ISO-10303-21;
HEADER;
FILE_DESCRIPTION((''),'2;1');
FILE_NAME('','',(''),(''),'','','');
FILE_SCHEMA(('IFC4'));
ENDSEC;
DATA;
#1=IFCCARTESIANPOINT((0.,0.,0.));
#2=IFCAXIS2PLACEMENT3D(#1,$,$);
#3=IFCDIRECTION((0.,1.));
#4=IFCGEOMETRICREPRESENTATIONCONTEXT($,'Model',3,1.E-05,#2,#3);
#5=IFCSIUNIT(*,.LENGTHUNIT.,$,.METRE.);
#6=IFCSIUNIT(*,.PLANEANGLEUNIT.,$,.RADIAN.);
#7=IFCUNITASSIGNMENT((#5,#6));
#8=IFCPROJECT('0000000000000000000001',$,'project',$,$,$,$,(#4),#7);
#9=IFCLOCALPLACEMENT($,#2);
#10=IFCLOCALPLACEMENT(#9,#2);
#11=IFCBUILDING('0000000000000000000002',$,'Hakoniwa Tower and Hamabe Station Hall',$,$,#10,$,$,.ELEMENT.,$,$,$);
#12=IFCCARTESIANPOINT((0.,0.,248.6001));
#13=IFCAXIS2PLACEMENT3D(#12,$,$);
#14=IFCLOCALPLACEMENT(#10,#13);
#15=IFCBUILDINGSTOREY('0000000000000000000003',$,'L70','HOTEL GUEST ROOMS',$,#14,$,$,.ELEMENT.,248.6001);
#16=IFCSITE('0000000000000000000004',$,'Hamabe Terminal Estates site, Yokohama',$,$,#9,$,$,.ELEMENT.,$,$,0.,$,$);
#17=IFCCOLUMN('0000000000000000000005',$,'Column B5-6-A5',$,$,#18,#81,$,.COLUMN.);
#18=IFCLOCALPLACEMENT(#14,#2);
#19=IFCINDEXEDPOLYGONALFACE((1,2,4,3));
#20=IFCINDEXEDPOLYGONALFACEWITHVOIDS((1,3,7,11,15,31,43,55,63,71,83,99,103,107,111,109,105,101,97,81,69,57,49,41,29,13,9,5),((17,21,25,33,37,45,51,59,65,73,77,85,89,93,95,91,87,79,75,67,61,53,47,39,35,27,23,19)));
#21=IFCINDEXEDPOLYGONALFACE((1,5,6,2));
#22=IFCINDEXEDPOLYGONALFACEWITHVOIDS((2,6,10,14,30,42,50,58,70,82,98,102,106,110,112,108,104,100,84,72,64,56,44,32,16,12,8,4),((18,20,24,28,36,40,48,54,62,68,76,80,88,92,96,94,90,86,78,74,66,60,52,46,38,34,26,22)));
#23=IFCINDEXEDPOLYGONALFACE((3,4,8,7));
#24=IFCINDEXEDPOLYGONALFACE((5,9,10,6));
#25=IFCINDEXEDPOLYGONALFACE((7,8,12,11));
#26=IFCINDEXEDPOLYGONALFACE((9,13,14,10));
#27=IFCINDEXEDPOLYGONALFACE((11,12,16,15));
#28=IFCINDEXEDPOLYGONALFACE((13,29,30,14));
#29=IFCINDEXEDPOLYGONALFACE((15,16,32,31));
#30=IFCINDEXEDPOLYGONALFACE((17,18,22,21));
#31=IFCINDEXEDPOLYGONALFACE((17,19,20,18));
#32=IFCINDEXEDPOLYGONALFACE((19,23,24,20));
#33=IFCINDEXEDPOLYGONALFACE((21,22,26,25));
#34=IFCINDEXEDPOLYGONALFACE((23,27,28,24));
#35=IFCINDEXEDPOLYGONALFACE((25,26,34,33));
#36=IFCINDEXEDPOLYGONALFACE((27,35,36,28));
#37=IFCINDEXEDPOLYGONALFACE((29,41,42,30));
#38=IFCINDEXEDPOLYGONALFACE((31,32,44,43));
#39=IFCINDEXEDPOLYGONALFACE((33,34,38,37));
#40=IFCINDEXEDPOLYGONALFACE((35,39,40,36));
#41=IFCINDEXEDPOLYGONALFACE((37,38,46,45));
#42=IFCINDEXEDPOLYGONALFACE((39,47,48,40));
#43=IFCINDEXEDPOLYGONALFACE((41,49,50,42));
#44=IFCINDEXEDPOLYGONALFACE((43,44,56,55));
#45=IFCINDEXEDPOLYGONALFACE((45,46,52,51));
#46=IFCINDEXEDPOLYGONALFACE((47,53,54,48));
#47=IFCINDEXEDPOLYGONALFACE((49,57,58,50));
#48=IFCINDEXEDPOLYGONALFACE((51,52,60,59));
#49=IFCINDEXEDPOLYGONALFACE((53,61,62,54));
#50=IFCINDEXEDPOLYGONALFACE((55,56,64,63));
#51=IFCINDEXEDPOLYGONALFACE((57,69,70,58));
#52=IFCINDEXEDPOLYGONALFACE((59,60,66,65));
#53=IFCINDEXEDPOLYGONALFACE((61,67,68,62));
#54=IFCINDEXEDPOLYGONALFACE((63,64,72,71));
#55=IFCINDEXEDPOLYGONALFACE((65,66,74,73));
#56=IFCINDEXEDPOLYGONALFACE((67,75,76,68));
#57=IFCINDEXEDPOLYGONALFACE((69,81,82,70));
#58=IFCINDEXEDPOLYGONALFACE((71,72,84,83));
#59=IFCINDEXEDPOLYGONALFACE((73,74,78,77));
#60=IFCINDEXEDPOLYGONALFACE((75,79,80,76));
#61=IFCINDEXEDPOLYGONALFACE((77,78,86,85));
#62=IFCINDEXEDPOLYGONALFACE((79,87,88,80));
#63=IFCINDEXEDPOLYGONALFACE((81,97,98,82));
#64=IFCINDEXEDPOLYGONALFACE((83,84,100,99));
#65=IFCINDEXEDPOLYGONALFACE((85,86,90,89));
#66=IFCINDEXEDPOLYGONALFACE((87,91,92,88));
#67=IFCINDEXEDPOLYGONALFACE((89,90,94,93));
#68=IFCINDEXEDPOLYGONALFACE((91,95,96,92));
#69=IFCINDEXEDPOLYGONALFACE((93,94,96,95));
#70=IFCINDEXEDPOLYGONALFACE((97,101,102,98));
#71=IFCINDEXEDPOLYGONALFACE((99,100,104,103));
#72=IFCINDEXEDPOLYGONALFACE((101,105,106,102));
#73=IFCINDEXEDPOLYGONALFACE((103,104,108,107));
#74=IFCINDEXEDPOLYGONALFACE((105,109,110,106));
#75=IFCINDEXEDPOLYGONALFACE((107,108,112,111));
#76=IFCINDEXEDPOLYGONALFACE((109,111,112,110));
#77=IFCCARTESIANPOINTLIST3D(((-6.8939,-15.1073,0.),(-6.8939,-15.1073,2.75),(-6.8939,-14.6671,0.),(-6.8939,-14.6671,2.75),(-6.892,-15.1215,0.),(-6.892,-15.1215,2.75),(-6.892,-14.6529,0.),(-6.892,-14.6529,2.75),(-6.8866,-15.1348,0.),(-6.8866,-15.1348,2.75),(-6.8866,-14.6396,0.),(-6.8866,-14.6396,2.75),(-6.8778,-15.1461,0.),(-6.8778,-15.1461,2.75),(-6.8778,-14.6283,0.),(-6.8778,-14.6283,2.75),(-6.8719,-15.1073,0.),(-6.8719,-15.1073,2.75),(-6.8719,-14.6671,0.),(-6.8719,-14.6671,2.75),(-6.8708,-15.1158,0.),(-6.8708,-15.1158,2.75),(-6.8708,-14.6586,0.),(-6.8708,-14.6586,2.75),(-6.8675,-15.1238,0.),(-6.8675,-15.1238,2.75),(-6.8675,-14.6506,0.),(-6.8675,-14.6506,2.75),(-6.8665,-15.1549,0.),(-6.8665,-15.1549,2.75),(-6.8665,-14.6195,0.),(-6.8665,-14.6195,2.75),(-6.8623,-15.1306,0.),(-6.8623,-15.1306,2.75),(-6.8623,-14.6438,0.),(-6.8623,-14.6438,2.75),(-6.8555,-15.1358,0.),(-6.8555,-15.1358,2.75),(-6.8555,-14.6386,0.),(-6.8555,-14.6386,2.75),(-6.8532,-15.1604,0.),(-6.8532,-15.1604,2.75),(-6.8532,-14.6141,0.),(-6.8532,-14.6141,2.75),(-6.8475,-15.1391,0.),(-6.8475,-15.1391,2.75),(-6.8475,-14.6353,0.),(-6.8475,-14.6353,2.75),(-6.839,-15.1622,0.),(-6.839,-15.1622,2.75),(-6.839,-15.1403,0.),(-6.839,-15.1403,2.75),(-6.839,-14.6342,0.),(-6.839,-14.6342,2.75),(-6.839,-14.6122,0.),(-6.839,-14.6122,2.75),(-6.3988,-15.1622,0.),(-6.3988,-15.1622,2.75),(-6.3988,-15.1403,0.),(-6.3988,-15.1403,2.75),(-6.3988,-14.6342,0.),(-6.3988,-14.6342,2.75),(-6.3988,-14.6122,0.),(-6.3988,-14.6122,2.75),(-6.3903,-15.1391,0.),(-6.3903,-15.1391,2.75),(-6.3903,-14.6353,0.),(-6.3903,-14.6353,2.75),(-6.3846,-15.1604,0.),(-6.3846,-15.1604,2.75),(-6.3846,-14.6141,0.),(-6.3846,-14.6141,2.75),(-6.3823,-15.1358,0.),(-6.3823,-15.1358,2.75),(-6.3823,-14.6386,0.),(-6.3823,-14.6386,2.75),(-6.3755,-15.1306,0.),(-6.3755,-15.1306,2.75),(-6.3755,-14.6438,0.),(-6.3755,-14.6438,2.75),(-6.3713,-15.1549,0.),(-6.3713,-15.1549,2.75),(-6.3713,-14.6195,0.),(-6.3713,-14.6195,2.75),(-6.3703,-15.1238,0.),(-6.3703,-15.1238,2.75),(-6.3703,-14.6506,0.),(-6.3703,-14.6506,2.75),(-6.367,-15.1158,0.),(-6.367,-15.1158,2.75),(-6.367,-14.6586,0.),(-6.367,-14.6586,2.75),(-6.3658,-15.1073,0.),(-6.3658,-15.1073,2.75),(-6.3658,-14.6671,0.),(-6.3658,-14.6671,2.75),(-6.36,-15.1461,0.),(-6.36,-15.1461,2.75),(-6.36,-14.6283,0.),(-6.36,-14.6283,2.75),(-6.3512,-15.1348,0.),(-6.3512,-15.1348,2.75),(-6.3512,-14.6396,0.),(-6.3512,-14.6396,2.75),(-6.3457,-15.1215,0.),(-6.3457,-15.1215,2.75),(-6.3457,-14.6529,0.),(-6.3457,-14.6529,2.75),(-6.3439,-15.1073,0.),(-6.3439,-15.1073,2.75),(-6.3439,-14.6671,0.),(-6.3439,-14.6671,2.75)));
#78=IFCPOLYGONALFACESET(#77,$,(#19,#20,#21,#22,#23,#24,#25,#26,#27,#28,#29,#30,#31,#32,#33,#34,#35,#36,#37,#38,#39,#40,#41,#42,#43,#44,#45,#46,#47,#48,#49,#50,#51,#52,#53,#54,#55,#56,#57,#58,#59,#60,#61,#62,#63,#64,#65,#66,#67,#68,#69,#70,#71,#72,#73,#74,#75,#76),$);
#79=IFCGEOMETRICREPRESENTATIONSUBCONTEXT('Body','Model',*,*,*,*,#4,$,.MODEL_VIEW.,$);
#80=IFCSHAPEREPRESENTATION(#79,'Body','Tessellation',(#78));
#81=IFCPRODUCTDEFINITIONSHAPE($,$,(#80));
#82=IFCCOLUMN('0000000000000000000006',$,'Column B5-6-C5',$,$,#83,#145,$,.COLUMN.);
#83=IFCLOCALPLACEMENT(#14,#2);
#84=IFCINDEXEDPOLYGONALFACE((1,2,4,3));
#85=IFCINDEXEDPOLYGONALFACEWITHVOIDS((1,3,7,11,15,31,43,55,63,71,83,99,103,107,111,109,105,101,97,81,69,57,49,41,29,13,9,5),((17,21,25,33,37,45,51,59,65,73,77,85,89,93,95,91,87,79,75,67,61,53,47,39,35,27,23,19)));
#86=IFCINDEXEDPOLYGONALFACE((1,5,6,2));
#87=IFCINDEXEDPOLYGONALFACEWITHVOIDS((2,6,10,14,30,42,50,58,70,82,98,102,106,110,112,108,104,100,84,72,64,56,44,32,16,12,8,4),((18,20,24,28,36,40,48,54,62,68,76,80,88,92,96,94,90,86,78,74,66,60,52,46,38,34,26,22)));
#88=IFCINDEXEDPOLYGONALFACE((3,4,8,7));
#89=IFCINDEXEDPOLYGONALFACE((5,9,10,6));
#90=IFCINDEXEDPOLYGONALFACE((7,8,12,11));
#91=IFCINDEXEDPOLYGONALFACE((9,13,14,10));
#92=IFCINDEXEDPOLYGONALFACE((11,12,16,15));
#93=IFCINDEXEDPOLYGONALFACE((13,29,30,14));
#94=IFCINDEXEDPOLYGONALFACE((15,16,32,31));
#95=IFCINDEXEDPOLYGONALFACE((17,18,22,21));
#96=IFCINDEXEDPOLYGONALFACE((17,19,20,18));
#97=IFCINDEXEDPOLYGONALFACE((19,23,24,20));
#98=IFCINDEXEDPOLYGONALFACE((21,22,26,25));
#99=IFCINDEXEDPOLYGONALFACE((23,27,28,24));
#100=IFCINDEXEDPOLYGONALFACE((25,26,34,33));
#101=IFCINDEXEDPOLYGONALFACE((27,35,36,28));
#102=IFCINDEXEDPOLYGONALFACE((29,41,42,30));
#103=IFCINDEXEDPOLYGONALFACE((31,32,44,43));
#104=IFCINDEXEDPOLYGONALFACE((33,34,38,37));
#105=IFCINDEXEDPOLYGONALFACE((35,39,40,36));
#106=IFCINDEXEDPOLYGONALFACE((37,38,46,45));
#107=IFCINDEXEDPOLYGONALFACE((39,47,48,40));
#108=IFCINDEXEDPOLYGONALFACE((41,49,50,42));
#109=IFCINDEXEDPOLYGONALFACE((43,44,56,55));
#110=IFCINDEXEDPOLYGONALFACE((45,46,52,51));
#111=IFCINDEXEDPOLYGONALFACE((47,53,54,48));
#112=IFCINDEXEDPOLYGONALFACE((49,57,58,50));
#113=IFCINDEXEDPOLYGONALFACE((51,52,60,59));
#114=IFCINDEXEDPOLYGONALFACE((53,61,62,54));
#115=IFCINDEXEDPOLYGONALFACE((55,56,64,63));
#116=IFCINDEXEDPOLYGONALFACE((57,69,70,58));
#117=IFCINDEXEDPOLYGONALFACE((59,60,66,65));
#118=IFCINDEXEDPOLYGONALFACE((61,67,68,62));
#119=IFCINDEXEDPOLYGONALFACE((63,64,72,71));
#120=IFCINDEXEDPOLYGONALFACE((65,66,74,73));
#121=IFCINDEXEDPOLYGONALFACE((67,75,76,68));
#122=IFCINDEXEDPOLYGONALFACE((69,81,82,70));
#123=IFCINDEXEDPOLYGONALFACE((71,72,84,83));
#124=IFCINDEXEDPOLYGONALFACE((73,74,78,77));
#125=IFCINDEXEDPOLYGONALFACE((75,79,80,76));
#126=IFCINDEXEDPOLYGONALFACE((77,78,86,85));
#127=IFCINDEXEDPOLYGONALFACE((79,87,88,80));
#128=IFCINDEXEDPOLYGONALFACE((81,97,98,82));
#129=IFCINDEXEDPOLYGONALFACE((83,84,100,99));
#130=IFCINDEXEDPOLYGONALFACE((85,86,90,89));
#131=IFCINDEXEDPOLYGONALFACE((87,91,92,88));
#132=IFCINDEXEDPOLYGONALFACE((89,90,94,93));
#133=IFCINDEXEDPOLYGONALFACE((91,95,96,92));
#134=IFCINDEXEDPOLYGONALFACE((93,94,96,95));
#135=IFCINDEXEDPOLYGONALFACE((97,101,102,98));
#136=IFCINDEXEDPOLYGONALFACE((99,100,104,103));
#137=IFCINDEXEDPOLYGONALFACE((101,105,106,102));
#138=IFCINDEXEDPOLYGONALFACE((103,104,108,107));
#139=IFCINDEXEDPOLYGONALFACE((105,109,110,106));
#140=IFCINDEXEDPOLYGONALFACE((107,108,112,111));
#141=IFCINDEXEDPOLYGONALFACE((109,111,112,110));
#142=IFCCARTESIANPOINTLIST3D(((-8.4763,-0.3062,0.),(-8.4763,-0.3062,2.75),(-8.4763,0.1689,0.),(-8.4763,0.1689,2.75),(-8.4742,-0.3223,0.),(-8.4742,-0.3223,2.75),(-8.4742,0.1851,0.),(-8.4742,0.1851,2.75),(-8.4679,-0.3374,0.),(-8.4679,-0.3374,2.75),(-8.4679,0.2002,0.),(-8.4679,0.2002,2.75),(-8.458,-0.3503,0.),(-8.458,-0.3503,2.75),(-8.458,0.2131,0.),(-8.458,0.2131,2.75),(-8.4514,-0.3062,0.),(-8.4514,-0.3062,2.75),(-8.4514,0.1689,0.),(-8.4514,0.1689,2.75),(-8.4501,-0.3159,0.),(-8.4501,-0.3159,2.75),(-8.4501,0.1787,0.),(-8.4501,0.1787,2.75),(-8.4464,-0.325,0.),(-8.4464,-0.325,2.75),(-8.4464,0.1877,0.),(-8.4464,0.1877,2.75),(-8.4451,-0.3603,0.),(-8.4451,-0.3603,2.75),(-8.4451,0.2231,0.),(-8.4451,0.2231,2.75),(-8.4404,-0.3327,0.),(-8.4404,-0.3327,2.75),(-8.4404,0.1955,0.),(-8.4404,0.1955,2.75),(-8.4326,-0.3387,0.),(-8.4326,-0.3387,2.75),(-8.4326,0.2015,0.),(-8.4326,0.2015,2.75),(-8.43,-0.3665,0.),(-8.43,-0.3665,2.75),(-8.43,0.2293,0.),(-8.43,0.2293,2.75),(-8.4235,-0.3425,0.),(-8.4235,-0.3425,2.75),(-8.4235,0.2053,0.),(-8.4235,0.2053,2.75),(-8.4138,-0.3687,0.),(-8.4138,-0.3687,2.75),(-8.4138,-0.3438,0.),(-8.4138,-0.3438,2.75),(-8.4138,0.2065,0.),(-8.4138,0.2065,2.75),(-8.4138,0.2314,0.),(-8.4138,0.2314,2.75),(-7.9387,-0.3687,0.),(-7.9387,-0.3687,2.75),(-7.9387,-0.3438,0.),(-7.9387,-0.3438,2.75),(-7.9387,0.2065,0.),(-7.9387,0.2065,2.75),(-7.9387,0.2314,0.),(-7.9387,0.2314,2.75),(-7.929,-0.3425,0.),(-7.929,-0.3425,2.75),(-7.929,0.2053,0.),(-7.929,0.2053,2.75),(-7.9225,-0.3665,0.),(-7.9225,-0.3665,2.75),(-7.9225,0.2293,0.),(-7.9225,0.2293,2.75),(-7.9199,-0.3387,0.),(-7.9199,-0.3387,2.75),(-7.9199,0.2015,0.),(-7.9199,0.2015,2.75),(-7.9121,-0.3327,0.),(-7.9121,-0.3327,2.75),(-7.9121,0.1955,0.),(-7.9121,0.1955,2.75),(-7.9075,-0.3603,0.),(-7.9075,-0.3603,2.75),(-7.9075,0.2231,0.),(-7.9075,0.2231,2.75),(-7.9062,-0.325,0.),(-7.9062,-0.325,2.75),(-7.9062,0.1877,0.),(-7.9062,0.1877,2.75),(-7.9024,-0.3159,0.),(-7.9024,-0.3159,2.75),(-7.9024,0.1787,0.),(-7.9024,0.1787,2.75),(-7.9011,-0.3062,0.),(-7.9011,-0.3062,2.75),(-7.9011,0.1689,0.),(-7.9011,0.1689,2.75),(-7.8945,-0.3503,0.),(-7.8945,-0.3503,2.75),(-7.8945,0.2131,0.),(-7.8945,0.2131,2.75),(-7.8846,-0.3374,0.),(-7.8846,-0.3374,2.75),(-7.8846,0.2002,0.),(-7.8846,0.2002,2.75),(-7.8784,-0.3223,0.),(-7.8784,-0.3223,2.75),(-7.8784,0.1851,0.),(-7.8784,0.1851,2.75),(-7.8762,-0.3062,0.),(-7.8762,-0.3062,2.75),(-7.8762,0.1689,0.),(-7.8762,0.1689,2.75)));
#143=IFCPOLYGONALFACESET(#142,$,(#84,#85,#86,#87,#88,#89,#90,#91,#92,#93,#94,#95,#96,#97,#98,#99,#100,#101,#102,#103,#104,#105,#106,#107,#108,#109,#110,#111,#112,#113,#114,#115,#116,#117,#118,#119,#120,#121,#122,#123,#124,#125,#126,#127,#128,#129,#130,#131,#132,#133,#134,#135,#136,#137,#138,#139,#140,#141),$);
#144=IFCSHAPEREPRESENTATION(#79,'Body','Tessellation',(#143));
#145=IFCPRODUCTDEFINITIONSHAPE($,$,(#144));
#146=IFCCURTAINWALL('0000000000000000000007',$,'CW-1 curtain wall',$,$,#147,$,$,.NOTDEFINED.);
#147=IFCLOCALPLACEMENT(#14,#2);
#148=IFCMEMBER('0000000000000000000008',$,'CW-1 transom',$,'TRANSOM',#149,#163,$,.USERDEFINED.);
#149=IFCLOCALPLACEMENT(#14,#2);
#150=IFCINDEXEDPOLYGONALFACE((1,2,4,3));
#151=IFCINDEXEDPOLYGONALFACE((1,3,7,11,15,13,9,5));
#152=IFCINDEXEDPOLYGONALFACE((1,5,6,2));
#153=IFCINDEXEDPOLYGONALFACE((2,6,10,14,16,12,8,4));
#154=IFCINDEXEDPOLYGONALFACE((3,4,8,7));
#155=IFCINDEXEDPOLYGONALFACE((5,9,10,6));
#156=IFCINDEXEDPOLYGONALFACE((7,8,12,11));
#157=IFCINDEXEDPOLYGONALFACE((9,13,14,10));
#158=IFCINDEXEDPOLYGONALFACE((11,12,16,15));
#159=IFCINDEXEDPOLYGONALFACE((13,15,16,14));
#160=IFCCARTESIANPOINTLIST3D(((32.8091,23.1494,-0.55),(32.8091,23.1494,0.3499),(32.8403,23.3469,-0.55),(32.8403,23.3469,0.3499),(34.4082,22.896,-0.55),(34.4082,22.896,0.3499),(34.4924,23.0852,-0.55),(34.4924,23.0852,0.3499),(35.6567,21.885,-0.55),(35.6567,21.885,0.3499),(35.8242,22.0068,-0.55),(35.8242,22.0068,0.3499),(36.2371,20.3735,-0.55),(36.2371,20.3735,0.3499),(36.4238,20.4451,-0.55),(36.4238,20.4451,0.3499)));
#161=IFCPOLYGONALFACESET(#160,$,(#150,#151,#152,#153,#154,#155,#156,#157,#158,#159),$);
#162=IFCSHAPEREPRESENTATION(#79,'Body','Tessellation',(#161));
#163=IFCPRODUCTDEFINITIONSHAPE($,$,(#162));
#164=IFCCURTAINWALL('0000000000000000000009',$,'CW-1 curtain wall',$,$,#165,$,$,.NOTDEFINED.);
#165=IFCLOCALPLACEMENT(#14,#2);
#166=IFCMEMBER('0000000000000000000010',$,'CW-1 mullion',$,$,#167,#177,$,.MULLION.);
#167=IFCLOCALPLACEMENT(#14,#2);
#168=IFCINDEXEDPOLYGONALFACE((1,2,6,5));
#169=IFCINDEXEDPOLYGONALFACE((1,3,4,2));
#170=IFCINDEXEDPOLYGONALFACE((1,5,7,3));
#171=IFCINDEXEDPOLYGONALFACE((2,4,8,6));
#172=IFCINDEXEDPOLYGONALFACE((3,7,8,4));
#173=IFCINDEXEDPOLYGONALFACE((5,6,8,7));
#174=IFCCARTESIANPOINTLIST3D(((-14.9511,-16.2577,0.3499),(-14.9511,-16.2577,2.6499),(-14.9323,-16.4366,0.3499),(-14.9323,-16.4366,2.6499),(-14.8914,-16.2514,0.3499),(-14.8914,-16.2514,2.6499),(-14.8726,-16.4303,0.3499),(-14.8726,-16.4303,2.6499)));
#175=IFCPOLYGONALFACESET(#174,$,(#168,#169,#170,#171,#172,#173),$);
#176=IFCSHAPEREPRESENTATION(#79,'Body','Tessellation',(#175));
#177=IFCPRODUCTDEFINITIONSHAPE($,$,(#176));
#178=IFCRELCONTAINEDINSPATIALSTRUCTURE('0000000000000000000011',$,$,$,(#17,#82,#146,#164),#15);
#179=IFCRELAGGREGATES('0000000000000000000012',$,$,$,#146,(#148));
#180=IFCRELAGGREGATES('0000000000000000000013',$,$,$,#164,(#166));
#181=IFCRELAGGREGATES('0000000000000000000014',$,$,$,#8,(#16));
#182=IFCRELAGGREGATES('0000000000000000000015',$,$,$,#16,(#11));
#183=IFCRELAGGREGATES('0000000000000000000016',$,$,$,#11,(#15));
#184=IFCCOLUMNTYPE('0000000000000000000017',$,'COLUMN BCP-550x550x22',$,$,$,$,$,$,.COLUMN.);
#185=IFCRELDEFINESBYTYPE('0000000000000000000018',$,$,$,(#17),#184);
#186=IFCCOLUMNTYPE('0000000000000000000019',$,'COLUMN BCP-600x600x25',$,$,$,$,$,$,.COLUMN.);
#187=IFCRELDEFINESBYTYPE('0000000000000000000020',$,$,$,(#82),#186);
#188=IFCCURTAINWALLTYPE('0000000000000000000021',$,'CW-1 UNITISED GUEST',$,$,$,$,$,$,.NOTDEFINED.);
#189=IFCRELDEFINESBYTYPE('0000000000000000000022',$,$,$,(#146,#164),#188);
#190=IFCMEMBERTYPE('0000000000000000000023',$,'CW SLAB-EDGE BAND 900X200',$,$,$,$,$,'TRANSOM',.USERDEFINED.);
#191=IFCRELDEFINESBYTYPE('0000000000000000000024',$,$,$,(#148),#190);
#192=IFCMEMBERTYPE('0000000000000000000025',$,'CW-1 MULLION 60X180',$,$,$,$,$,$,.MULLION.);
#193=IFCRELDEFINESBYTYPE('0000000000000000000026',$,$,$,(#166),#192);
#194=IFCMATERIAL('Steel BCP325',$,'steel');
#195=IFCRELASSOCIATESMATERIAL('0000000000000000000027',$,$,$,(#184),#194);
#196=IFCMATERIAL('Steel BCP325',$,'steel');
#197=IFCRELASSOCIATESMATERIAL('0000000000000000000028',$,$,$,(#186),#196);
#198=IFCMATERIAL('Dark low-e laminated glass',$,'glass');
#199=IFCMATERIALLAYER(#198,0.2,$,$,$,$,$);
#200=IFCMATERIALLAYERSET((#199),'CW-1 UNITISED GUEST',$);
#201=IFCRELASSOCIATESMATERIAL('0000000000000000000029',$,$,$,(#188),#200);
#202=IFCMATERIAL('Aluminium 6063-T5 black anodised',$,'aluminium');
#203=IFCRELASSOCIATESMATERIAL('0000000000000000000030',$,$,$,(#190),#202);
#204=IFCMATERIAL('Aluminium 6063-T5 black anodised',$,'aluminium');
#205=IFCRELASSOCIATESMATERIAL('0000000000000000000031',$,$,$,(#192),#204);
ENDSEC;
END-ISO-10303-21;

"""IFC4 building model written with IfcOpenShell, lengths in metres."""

from ifc_helpers import new_model, si_unit, direction, frame, origin, origin_2d, place, context, subcontext, project, spatial, polyline, rectangle, hollow_rectangle, outline, extrude, material, layer, layer_set, material_profile, profile_set, type_object, element, aggregate, save


model = new_model("IFC4")

# Units and contexts
model_context = context("Model", 3, precision=1e-05, world=origin(), true_north=direction((0.0, 1.0)))
body_context = subcontext(model_context, "Body", "Model", "MODEL_VIEW")
ifc_project = project(units=[si_unit("LENGTHUNIT", "METRE"), si_unit("PLANEANGLEUNIT", "RADIAN")], contexts=[model_context])

# Site, building, storey
site_placement = place(None, origin())
site = spatial("IfcSite", under=ifc_project, at=site_placement, Name="Hamabe Terminal Estates site, Yokohama", CompositionType="ELEMENT", RefElevation=0.0)
building_placement = place(site_placement, origin())
building = spatial("IfcBuilding", under=site, at=building_placement, Name="Hakoniwa Tower and Hamabe Station Hall", CompositionType="ELEMENT")
storey_placement = place(building_placement, frame((0.0, 0.0, 248.6001)))
storey = spatial("IfcBuildingStorey", under=building, at=storey_placement, Name="L70", Description="HOTEL GUEST ROOMS", CompositionType="ELEMENT", Elevation=248.6001)

# Columns
ifc_material_1 = material(Name="Steel BCP325", Category="steel")
ifc_material_profile_1 = material_profile(ifc_material_1, hollow_rectangle(XDim=0.55, YDim=0.55, WallThickness=0.022, InnerFilletRadius=0.033, OuterFilletRadius=0.0549, at=origin_2d()), Name="BCP-550x550x22")
ifc_profile_set_1 = profile_set([ifc_material_profile_1], Name="Steel BCP325")
column_type_1 = type_object("IfcColumnType", Name="COLUMN BCP-550x550x22", PredefinedType="COLUMN", material=ifc_profile_set_1)
column_1_placement = place(storey_placement, frame((-6.6189, -14.8872, 0.0), z_axis=(0.0, 0.0, 1.0), x_axis=(1.0, 0.0, 0.0)))
element("IfcColumn", 1, at=column_1_placement, inside=storey, type_object=column_type_1, Name="Column B5-6-A5", PredefinedType="COLUMN", context=body_context, shape_type="SweptSolid", body=[
    extrude(hollow_rectangle(XDim=0.55, YDim=0.55, WallThickness=0.022, InnerFilletRadius=0.033, OuterFilletRadius=0.0549, at=origin_2d()), origin(), (0.0, 0.0, 1.0), 2.75),
])
ifc_material_2 = material(Name="Steel BCP325", Category="steel")
ifc_material_profile_2 = material_profile(ifc_material_2, hollow_rectangle(XDim=0.6001, YDim=0.6001, WallThickness=0.0249, InnerFilletRadius=0.0376, OuterFilletRadius=0.0625, at=origin_2d()), Name="BCP-600x600x25")
ifc_profile_set_2 = profile_set([ifc_material_profile_2], Name="Steel BCP325")
column_type_2 = type_object("IfcColumnType", Name="COLUMN BCP-600x600x25", PredefinedType="COLUMN", material=ifc_profile_set_2)
column_2_placement = place(storey_placement, frame((-8.1763, -0.0686, 0.0), z_axis=(0.0, 0.0, 1.0), x_axis=(1.0, 0.0, 0.0)))
element("IfcColumn", 2, at=column_2_placement, inside=storey, type_object=column_type_2, Name="Column B5-6-C5", PredefinedType="COLUMN", context=body_context, shape_type="SweptSolid", body=[
    extrude(hollow_rectangle(XDim=0.6001, YDim=0.6001, WallThickness=0.0249, InnerFilletRadius=0.0376, OuterFilletRadius=0.0625, at=origin_2d()), origin(), (0.0, 0.0, 1.0), 2.75),
])

# Curtain walls, members
ifc_material_3 = material(Name="Dark low-e laminated glass", Category="glass")
ifc_layer_1 = layer(ifc_material_3, 0.2)
ifc_layer_set_1 = layer_set([ifc_layer_1], Name="CW-1 UNITISED GUEST")
curtain_wall_type = type_object("IfcCurtainWallType", Name="CW-1 UNITISED GUEST", PredefinedType="NOTDEFINED", material=ifc_layer_set_1)
curtain_wall_1_placement = place(storey_placement, origin())
curtain_wall_1 = element("IfcCurtainWall", 3, at=curtain_wall_1_placement, inside=storey, type_object=curtain_wall_type, Name="CW-1 curtain wall", PredefinedType="NOTDEFINED")
ifc_material_4 = material(Name="Aluminium 6063-T5 black anodised", Category="aluminium")
ifc_material_profile_3 = material_profile(ifc_material_4, rectangle(XDim=0.2, YDim=0.8999, at=origin_2d()), Name="CW SLAB-EDGE BAND 900X200")
ifc_profile_set_3 = profile_set([ifc_material_profile_3], Name="Aluminium 6063-T5 black anodised")
member_type_1 = type_object("IfcMemberType", Name="CW SLAB-EDGE BAND 900X200", ElementType="TRANSOM", PredefinedType="USERDEFINED", material=ifc_profile_set_3)
member_1_placement = place(storey_placement, frame((0.0, 0.0, -0.55)))
member_1 = element("IfcMember", 4, at=member_1_placement, type_object=member_type_1, Name="CW-1 transom", ObjectType="TRANSOM", PredefinedType="USERDEFINED", context=body_context, shape_type="SweptSolid", body=[
    extrude(outline(polyline([(36.4238, 20.4451), (35.8242, 22.0068), (34.4924, 23.0852), (32.8403, 23.3469), (32.8091, 23.1494), (34.4082, 22.896), (35.6567, 21.885), (36.2371, 20.3735), (36.4238, 20.4451)])), origin(), (0.0, 0.0, 1.0), 0.8999),
])
curtain_wall_2_placement = place(storey_placement, origin())
curtain_wall_2 = element("IfcCurtainWall", 5, at=curtain_wall_2_placement, inside=storey, type_object=curtain_wall_type, Name="CW-1 curtain wall", PredefinedType="NOTDEFINED")
ifc_material_5 = material(Name="Aluminium 6063-T5 black anodised", Category="aluminium")
ifc_material_profile_4 = material_profile(ifc_material_5, rectangle(XDim=0.0601, YDim=0.1799, at=origin_2d()), Name="CW-1 MULLION 60X180")
ifc_profile_set_4 = profile_set([ifc_material_profile_4], Name="Aluminium 6063-T5 black anodised")
member_type_2 = type_object("IfcMemberType", Name="CW-1 MULLION 60X180", PredefinedType="MULLION", material=ifc_profile_set_4)
member_2_placement = place(storey_placement, frame((-14.9119, -16.344, 0.3499), z_axis=(0.0, 0.0, 1.0), x_axis=(0.994522, 0.104528, 0.0)))
member_2 = element("IfcMember", 6, at=member_2_placement, type_object=member_type_2, Name="CW-1 mullion", PredefinedType="MULLION", context=body_context, shape_type="SweptSolid", body=[
    extrude(rectangle(XDim=0.0601, YDim=0.1799, at=origin_2d()), origin(), (0.0, 0.0, 1.0), 2.3),
])

aggregate(curtain_wall_1, [member_1])
aggregate(curtain_wall_2, [member_2])

save(model, "model.ifc")
